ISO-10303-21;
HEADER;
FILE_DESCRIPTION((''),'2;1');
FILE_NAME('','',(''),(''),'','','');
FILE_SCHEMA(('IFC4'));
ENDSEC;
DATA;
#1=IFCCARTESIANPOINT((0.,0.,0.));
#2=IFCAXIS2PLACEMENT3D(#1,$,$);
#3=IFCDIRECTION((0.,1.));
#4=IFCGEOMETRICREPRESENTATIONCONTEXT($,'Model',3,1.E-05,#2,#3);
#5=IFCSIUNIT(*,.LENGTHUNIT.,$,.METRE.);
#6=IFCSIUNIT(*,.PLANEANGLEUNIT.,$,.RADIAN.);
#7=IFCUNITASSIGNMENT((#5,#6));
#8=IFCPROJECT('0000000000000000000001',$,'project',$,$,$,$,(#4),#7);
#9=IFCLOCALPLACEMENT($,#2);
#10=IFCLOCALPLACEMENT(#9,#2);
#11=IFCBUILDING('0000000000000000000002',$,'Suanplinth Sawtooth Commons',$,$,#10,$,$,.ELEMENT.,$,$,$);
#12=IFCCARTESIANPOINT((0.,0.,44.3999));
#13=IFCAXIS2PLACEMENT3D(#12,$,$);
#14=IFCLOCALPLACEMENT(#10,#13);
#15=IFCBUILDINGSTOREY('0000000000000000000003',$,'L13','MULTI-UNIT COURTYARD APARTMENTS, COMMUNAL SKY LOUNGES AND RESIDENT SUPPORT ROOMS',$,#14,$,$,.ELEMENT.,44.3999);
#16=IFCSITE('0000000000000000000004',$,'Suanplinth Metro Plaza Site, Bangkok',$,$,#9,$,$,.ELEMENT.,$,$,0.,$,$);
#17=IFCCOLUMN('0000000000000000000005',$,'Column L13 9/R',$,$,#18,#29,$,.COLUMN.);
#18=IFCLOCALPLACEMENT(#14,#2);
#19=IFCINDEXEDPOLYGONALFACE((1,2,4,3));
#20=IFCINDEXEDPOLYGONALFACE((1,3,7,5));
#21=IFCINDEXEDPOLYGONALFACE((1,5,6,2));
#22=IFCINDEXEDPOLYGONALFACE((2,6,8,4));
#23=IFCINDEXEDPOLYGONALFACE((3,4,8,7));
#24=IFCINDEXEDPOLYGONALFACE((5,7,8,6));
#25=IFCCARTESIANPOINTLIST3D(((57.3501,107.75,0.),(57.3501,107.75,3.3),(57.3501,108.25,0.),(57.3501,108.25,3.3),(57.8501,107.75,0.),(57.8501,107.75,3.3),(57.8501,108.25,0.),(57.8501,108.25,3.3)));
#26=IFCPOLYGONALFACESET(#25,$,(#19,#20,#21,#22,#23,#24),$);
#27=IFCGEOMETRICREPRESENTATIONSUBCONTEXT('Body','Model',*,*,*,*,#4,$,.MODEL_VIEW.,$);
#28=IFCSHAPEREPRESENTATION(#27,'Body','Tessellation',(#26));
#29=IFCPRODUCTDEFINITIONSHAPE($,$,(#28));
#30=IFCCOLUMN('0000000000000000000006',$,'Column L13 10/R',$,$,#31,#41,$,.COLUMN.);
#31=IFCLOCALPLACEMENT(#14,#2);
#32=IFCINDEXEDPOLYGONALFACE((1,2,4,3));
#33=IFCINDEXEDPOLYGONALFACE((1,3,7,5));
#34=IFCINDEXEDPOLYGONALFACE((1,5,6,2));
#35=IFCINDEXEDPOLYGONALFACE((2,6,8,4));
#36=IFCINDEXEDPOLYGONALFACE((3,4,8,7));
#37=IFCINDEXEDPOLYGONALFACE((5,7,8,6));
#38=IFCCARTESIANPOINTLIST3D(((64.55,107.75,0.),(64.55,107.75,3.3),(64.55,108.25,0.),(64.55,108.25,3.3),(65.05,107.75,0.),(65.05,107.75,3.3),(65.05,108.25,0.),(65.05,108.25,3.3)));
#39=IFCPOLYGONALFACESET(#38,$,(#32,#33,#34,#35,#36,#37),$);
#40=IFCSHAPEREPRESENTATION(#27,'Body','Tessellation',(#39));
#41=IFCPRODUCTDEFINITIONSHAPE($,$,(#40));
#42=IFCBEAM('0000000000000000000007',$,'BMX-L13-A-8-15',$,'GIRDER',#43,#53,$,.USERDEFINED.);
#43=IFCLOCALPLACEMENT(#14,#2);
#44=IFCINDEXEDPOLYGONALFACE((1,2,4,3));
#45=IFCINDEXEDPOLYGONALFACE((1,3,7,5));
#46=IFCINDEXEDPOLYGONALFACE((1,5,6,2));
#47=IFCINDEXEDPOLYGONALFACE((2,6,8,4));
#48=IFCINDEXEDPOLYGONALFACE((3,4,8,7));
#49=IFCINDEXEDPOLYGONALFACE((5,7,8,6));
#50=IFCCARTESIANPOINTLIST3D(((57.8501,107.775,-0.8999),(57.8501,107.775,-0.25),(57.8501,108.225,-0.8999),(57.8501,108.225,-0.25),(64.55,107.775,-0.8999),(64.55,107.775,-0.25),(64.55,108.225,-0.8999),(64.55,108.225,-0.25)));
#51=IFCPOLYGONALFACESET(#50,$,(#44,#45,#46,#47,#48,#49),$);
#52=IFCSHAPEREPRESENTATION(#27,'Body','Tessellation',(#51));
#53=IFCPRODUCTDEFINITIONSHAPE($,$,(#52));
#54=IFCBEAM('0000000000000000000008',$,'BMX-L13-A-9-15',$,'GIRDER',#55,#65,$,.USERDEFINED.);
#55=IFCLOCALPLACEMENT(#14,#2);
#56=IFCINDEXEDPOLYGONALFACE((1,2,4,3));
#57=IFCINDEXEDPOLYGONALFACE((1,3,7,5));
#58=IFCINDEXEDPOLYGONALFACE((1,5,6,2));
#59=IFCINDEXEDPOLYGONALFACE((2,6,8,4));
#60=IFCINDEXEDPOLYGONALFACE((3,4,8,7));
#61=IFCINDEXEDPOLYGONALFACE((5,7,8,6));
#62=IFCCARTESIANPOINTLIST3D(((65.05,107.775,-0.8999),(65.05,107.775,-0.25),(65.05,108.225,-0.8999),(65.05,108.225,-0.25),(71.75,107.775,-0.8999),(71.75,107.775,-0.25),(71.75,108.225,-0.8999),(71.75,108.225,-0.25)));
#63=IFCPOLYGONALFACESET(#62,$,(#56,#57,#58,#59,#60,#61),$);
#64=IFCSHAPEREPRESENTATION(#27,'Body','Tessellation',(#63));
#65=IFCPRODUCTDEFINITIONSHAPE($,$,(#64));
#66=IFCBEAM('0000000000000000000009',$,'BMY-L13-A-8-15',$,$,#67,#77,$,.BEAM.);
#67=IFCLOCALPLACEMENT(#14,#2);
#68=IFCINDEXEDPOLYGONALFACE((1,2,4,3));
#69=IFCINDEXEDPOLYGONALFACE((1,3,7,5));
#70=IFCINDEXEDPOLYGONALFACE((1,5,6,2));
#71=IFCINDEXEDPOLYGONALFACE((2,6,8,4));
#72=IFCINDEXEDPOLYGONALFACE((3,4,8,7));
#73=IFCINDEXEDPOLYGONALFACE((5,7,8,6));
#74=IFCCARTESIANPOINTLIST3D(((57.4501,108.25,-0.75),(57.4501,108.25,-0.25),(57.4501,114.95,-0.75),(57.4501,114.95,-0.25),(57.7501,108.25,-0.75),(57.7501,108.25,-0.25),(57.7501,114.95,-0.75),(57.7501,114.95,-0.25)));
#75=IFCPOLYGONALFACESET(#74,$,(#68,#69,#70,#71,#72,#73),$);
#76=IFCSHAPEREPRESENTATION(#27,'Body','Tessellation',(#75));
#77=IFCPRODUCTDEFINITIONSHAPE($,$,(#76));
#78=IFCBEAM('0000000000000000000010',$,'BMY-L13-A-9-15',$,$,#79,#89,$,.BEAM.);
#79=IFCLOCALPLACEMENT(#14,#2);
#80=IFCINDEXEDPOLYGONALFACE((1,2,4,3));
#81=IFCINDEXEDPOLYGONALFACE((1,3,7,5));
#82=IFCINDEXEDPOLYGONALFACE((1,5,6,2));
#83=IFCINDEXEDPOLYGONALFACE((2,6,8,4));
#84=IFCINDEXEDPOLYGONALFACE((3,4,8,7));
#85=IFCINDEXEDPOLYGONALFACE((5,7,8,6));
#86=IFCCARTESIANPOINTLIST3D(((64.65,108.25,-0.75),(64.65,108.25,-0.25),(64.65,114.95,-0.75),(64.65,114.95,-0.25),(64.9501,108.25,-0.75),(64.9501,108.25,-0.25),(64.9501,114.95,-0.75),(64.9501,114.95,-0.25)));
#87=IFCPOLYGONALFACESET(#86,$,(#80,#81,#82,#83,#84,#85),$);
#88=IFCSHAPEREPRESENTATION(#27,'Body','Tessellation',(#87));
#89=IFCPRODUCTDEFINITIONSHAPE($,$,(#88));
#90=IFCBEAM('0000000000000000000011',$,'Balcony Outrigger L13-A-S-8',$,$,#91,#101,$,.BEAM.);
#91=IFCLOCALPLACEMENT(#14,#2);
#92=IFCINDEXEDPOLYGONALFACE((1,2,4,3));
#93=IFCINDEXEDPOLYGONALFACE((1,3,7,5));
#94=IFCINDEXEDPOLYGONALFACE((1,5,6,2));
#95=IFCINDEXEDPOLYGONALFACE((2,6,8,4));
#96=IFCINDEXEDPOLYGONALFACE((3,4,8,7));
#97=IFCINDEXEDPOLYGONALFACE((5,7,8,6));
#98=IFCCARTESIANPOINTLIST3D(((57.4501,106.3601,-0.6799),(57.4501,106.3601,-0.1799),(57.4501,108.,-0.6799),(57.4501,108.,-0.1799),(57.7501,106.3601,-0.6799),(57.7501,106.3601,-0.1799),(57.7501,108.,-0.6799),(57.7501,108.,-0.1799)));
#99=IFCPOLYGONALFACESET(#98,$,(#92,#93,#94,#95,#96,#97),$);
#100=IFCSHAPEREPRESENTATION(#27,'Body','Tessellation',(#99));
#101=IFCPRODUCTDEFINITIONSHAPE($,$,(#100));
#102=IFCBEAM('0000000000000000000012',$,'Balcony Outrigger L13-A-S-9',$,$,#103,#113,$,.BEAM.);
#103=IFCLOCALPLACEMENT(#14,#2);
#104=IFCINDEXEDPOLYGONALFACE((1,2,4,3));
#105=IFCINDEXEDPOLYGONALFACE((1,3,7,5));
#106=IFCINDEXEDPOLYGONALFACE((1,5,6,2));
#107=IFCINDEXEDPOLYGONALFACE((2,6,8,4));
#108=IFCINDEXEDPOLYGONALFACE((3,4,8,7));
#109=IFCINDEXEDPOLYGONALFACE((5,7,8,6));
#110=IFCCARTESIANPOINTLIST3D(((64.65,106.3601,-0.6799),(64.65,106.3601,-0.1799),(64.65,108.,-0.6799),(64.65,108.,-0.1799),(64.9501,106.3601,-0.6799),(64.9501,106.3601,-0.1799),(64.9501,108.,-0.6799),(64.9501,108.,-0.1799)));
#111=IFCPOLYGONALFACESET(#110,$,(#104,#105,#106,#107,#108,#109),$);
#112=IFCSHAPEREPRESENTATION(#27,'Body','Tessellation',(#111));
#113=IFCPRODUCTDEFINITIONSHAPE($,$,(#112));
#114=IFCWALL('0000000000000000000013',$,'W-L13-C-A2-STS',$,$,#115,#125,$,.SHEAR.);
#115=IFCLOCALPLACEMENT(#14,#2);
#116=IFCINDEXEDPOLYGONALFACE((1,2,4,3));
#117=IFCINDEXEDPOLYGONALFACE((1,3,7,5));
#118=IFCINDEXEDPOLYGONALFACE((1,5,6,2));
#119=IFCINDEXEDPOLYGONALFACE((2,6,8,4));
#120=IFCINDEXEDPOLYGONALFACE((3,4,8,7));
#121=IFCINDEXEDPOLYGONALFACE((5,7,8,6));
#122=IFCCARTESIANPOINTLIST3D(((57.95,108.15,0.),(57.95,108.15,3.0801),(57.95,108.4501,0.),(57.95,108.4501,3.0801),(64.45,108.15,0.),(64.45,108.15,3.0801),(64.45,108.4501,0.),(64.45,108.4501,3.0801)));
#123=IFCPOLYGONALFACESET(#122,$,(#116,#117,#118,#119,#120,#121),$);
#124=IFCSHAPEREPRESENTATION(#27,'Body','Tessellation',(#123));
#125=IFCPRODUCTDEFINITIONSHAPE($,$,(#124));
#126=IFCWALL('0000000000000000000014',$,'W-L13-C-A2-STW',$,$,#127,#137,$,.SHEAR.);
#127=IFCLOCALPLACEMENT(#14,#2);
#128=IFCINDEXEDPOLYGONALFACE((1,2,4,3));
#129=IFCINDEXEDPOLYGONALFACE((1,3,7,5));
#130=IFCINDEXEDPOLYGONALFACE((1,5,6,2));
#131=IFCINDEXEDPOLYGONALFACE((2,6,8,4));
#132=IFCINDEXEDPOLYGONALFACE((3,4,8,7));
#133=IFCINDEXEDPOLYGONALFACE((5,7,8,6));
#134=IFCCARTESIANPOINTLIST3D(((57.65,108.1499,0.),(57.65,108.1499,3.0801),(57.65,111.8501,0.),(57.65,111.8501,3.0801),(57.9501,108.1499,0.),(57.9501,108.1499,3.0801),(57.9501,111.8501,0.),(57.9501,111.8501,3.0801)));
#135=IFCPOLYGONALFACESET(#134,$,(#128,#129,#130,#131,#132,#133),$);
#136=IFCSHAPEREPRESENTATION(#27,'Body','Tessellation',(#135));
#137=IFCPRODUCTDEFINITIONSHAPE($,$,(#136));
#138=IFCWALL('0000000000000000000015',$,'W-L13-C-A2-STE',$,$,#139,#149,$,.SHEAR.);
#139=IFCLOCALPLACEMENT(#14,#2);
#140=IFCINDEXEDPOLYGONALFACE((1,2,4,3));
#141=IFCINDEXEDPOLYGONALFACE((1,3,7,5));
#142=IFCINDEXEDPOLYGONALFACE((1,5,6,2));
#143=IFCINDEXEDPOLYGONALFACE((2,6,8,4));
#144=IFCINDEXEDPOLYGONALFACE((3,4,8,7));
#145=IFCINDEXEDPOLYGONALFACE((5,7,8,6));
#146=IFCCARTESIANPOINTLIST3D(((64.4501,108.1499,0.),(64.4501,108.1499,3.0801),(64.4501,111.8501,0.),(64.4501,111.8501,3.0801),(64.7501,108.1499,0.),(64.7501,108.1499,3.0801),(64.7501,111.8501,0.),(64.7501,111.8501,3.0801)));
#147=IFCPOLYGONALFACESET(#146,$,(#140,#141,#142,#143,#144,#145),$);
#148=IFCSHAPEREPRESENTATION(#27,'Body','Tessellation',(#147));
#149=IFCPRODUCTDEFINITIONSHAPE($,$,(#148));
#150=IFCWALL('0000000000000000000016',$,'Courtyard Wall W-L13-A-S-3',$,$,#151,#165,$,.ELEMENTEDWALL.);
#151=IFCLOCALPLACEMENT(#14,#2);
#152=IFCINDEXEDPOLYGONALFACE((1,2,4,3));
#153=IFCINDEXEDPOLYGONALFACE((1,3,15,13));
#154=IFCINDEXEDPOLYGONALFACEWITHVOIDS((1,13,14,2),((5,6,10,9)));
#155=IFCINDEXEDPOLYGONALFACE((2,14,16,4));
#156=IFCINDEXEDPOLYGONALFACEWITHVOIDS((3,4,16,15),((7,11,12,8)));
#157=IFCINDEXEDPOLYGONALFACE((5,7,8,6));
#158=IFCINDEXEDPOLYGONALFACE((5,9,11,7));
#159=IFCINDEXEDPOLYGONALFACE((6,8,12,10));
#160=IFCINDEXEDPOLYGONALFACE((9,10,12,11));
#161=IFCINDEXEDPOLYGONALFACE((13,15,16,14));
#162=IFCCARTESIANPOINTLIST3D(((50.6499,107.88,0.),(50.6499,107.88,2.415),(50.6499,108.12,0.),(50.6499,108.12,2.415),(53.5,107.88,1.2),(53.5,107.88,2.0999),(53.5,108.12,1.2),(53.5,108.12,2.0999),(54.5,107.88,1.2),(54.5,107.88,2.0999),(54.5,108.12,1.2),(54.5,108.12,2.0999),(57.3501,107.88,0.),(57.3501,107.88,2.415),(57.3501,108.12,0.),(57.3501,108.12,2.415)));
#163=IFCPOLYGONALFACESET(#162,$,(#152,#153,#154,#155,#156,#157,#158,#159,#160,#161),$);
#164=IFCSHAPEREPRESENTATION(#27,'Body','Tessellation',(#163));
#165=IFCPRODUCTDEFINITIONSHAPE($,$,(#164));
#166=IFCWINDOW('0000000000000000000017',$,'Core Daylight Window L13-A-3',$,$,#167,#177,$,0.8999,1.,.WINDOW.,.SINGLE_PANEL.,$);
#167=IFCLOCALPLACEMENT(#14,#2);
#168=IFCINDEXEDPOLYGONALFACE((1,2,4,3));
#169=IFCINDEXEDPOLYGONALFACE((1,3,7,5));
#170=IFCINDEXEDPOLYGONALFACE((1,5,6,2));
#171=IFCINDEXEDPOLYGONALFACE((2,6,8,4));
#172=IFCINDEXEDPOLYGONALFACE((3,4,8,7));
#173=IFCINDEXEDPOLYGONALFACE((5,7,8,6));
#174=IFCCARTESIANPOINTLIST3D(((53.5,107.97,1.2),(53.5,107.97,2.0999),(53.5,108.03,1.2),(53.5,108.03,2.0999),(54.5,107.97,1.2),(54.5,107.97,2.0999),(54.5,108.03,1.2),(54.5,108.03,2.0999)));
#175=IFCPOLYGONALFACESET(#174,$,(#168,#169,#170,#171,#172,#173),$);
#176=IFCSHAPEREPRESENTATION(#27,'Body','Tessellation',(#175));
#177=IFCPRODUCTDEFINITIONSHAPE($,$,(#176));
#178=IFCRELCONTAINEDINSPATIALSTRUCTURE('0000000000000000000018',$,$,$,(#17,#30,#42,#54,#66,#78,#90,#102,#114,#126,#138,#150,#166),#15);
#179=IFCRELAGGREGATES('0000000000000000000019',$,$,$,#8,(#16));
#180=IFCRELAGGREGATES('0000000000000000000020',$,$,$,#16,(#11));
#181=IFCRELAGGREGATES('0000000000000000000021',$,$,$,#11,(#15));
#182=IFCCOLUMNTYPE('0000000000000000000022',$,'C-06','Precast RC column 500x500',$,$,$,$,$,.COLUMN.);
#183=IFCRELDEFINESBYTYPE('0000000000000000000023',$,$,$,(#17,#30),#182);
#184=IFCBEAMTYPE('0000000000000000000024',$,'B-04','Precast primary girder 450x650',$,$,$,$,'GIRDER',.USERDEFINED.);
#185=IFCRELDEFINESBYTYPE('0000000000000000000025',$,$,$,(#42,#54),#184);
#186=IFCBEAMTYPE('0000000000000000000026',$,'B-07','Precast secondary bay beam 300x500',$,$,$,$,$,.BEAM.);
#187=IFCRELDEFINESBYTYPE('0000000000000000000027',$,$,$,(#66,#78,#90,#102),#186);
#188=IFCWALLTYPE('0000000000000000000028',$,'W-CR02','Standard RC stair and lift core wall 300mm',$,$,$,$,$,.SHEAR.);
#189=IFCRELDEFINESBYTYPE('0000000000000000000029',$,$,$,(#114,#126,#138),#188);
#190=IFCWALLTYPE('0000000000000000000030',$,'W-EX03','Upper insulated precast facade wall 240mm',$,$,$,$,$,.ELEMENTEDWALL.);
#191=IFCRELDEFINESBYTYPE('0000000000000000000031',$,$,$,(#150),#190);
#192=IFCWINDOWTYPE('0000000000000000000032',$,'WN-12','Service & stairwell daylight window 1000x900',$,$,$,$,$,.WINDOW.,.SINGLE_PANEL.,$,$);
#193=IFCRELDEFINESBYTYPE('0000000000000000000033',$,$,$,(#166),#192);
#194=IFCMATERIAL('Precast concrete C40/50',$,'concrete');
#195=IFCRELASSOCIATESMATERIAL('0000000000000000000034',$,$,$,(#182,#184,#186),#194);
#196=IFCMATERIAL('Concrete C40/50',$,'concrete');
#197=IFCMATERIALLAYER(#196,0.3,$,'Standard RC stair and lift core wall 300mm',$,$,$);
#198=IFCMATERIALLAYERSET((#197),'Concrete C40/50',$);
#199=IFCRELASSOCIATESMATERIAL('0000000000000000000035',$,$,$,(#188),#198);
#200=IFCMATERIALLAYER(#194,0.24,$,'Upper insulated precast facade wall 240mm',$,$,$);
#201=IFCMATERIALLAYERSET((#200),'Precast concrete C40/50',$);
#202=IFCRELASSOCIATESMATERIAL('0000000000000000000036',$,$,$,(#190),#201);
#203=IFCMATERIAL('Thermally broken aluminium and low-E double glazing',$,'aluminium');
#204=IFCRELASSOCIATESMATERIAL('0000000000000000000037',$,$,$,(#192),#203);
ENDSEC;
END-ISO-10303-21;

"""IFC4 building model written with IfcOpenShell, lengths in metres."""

from ifc_helpers import new_model, si_unit, direction, frame, frame_2d, origin, origin_2d, place, context, subcontext, project, spatial, rectangle, extrude, material, layer, layer_set, material_profile, profile_set, type_object, element, fill, save


model = new_model("IFC4")

# Units and contexts
model_context = context("Model", 3, precision=1e-05, world=origin(), true_north=direction((0.0, 1.0)))
body_context = subcontext(model_context, "Body", "Model", "MODEL_VIEW")
ifc_project = project(units=[si_unit("LENGTHUNIT", "METRE"), si_unit("PLANEANGLEUNIT", "RADIAN")], contexts=[model_context])

# Site, building, storey
site_placement = place(None, origin())
site = spatial("IfcSite", under=ifc_project, at=site_placement, Name="Suanplinth Metro Plaza Site, Bangkok", CompositionType="ELEMENT", RefElevation=0.0)
building_placement = place(site_placement, origin())
building = spatial("IfcBuilding", under=site, at=building_placement, Name="Suanplinth Sawtooth Commons", CompositionType="ELEMENT")
storey_placement = place(building_placement, frame((0.0, 0.0, 44.3999)))
storey = spatial("IfcBuildingStorey", under=building, at=storey_placement, Name="L13", Description="MULTI-UNIT COURTYARD APARTMENTS, COMMUNAL SKY LOUNGES AND RESIDENT SUPPORT ROOMS", CompositionType="ELEMENT", Elevation=44.3999)

# Columns
ifc_material_1 = material(Name="Precast concrete C40/50", Category="concrete")
ifc_material_profile_1 = material_profile(ifc_material_1, rectangle(XDim=0.5, YDim=0.5, at=origin_2d()), Name="PC-COL 500x500")
ifc_profile_set_1 = profile_set([ifc_material_profile_1], Name="Precast concrete C40/50")
column_type = type_object("IfcColumnType", Name="C-06", Description="Precast RC column 500x500", PredefinedType="COLUMN", material=ifc_profile_set_1)
for number, where, z_axis, x_axis, name in (
    (1, (57.6001, 108.0, 0.0), (0.0, 0.0, 1.0), (1.0, 0.0, 0.0), "Column L13 9/R"),
    (2, (64.8, 108.0, 0.0), (0.0, 0.0, 1.0), (1.0, 0.0, 0.0), "Column L13 10/R"),
):
    element("IfcColumn", number, at=place(storey_placement, frame(where, z_axis=z_axis, x_axis=x_axis)), inside=storey, type_object=column_type, Name=name, PredefinedType="COLUMN", context=body_context, shape_type="SweptSolid", body=[
        extrude(rectangle(XDim=0.5, YDim=0.5, at=origin_2d()), origin(), (0.0, 0.0, 1.0), 3.3),
    ])

# Beams
ifc_material_profile_2 = material_profile(ifc_material_1, rectangle(XDim=0.45, YDim=0.6499, at=origin_2d()), Name="PC-GDR 450x650")
ifc_profile_set_2 = profile_set([ifc_material_profile_2], Name="Precast concrete C40/50")
beam_type_1 = type_object("IfcBeamType", Name="B-04", Description="Precast primary girder 450x650", ElementType="GIRDER", PredefinedType="USERDEFINED", material=ifc_profile_set_2)
for number, where, z_axis, x_axis, name in (
    (3, (57.8501, 108.0, -0.575), (1.0, 0.0, 0.0), (0.0, 1.0, 0.0), "BMX-L13-A-8-15"),
    (4, (65.05, 108.0, -0.575), (1.0, 0.0, 0.0), (0.0, 1.0, 0.0), "BMX-L13-A-9-15"),
):
    element("IfcBeam", number, at=place(storey_placement, frame(where, z_axis=z_axis, x_axis=x_axis)), inside=storey, type_object=beam_type_1, Name=name, ObjectType="GIRDER", PredefinedType="USERDEFINED", context=body_context, shape_type="SweptSolid", body=[
        extrude(rectangle(XDim=0.45, YDim=0.6499, at=origin_2d()), origin(), (0.0, 0.0, 1.0), 6.7),
    ])
ifc_material_profile_3 = material_profile(ifc_material_1, rectangle(XDim=0.3, YDim=0.5, at=origin_2d()), Name="PC-BM 300x500")
ifc_profile_set_3 = profile_set([ifc_material_profile_3], Name="Precast concrete C40/50")
beam_type_2 = type_object("IfcBeamType", Name="B-07", Description="Precast secondary bay beam 300x500", PredefinedType="BEAM", material=ifc_profile_set_3)
for number, where, z_axis, x_axis, name in (
    (5, (57.6001, 108.25, -0.5), (0.0, 1.0, 0.0), (-1.0, 0.0, 0.0), "BMY-L13-A-8-15"),
    (6, (64.8, 108.25, -0.5), (0.0, 1.0, 0.0), (-1.0, 0.0, 0.0), "BMY-L13-A-9-15"),
):
    element("IfcBeam", number, at=place(storey_placement, frame(where, z_axis=z_axis, x_axis=x_axis)), inside=storey, type_object=beam_type_2, Name=name, PredefinedType="BEAM", context=body_context, shape_type="SweptSolid", body=[
        extrude(rectangle(XDim=0.3, YDim=0.5, at=origin_2d()), origin(), (0.0, 0.0, 1.0), 6.7),
    ])
for number, where, z_axis, x_axis, name in (
    (7, (57.6001, 108.0, -0.4299), (0.0, -1.0, 0.0), (1.0, 0.0, 0.0), "Balcony Outrigger L13-A-S-8"),
    (8, (64.8, 108.0, -0.4299), (0.0, -1.0, 0.0), (1.0, 0.0, 0.0), "Balcony Outrigger L13-A-S-9"),
):
    element("IfcBeam", number, at=place(storey_placement, frame(where, z_axis=z_axis, x_axis=x_axis)), inside=storey, type_object=beam_type_2, Name=name, PredefinedType="BEAM", context=body_context, shape_type="SweptSolid", body=[
        extrude(rectangle(XDim=0.3, YDim=0.5, at=origin_2d()), origin(), (0.0, 0.0, 1.0), 1.6399),
    ])

# Walls
ifc_material_2 = material(Name="Concrete C40/50", Category="concrete")
ifc_layer_1 = layer(ifc_material_2, 0.3, Name="Standard RC stair and lift core wall 300mm")
ifc_layer_set_1 = layer_set([ifc_layer_1], Name="Concrete C40/50")
wall_type_1 = type_object("IfcWallType", Name="W-CR02", Description="Standard RC stair and lift core wall 300mm", PredefinedType="SHEAR", material=ifc_layer_set_1)
wall_1_placement = place(storey_placement, frame((57.95, 108.3, 0.0), z_axis=(0.0, 0.0, 1.0), x_axis=(1.0, 0.0, 0.0)))
element("IfcWall", 9, at=wall_1_placement, inside=storey, type_object=wall_type_1, Name="W-L13-C-A2-STS", PredefinedType="SHEAR", context=body_context, shape_type="SweptSolid", body=[
    extrude(rectangle(XDim=6.5, YDim=0.3, at=frame_2d((3.25, 0.0))), origin(), (0.0, 0.0, 1.0), 3.0801),
])
for number, where, z_axis, x_axis, name in (
    (10, (57.8, 108.1499, 0.0), (0.0, 0.0, 1.0), (0.0, 1.0, 0.0), "W-L13-C-A2-STW"),
    (11, (64.6001, 108.1499, 0.0), (0.0, 0.0, 1.0), (0.0, 1.0, 0.0), "W-L13-C-A2-STE"),
):
    element("IfcWall", number, at=place(storey_placement, frame(where, z_axis=z_axis, x_axis=x_axis)), inside=storey, type_object=wall_type_1, Name=name, PredefinedType="SHEAR", context=body_context, shape_type="SweptSolid", body=[
        extrude(rectangle(XDim=3.7002, YDim=0.3, at=frame_2d((1.8501, 0.0))), origin(), (0.0, 0.0, 1.0), 3.0801),
    ])

# Wall, opening, window
ifc_layer_2 = layer(ifc_material_1, 0.24, Name="Upper insulated precast facade wall 240mm")
ifc_layer_set_2 = layer_set([ifc_layer_2], Name="Precast concrete C40/50")
wall_type_2 = type_object("IfcWallType", Name="W-EX03", Description="Upper insulated precast facade wall 240mm", PredefinedType="ELEMENTEDWALL", material=ifc_layer_set_2)
wall_2_placement = place(storey_placement, frame((50.6499, 108.0, 0.0), z_axis=(0.0, 0.0, 1.0), x_axis=(1.0, 0.0, 0.0)))
wall_2 = element("IfcWall", 12, at=wall_2_placement, inside=storey, type_object=wall_type_2, Name="Courtyard Wall W-L13-A-S-3", PredefinedType="ELEMENTEDWALL", context=body_context, shape_type="SweptSolid", body=[
    extrude(rectangle(XDim=6.7002, YDim=0.24, at=frame_2d((3.3501, 0.0))), origin(), (0.0, 0.0, 1.0), 2.415),
])
opening_1_placement = place(wall_2_placement, frame((2.8501, 0.0, 1.2)))
opening_1 = element("IfcOpeningElement", 13, at=opening_1_placement, cuts=wall_2, PredefinedType="OPENING", context=body_context, shape_type="SweptSolid", body=[
    extrude(rectangle(XDim=1.0, YDim=0.8999, at=frame_2d((0.5, 0.45))), frame((0.0, 0.1348, 0.0), z_axis=(0.0, -1.0, 0.0), x_axis=(1.0, 0.0, 0.0)), (0.0, 0.0, 1.0), 0.2698),
])
ifc_material_3 = material(Name="Thermally broken aluminium and low-E double glazing", Category="aluminium")
window_type = type_object("IfcWindowType", Name="WN-12", Description="Service & stairwell daylight window 1000x900", PartitioningType="SINGLE_PANEL", PredefinedType="WINDOW", material=ifc_material_3)
window_1_placement = place(opening_1_placement, origin())
window_1 = element("IfcWindow", 14, at=window_1_placement, inside=storey, type_object=window_type, Name="Core Daylight Window L13-A-3", OverallHeight=0.8999, OverallWidth=1.0, PartitioningType="SINGLE_PANEL", PredefinedType="WINDOW", context=body_context, shape_type="SweptSolid", body=[
    extrude(rectangle(XDim=1.0, YDim=0.8999, at=frame_2d((0.5, 0.45))), frame((0.0, 0.03, 0.0), z_axis=(0.0, -1.0, 0.0), x_axis=(1.0, 0.0, 0.0)), (0.0, 0.0, 1.0), 0.0601),
])
fill(opening_1, window_1)

save(model, "model.ifc")
